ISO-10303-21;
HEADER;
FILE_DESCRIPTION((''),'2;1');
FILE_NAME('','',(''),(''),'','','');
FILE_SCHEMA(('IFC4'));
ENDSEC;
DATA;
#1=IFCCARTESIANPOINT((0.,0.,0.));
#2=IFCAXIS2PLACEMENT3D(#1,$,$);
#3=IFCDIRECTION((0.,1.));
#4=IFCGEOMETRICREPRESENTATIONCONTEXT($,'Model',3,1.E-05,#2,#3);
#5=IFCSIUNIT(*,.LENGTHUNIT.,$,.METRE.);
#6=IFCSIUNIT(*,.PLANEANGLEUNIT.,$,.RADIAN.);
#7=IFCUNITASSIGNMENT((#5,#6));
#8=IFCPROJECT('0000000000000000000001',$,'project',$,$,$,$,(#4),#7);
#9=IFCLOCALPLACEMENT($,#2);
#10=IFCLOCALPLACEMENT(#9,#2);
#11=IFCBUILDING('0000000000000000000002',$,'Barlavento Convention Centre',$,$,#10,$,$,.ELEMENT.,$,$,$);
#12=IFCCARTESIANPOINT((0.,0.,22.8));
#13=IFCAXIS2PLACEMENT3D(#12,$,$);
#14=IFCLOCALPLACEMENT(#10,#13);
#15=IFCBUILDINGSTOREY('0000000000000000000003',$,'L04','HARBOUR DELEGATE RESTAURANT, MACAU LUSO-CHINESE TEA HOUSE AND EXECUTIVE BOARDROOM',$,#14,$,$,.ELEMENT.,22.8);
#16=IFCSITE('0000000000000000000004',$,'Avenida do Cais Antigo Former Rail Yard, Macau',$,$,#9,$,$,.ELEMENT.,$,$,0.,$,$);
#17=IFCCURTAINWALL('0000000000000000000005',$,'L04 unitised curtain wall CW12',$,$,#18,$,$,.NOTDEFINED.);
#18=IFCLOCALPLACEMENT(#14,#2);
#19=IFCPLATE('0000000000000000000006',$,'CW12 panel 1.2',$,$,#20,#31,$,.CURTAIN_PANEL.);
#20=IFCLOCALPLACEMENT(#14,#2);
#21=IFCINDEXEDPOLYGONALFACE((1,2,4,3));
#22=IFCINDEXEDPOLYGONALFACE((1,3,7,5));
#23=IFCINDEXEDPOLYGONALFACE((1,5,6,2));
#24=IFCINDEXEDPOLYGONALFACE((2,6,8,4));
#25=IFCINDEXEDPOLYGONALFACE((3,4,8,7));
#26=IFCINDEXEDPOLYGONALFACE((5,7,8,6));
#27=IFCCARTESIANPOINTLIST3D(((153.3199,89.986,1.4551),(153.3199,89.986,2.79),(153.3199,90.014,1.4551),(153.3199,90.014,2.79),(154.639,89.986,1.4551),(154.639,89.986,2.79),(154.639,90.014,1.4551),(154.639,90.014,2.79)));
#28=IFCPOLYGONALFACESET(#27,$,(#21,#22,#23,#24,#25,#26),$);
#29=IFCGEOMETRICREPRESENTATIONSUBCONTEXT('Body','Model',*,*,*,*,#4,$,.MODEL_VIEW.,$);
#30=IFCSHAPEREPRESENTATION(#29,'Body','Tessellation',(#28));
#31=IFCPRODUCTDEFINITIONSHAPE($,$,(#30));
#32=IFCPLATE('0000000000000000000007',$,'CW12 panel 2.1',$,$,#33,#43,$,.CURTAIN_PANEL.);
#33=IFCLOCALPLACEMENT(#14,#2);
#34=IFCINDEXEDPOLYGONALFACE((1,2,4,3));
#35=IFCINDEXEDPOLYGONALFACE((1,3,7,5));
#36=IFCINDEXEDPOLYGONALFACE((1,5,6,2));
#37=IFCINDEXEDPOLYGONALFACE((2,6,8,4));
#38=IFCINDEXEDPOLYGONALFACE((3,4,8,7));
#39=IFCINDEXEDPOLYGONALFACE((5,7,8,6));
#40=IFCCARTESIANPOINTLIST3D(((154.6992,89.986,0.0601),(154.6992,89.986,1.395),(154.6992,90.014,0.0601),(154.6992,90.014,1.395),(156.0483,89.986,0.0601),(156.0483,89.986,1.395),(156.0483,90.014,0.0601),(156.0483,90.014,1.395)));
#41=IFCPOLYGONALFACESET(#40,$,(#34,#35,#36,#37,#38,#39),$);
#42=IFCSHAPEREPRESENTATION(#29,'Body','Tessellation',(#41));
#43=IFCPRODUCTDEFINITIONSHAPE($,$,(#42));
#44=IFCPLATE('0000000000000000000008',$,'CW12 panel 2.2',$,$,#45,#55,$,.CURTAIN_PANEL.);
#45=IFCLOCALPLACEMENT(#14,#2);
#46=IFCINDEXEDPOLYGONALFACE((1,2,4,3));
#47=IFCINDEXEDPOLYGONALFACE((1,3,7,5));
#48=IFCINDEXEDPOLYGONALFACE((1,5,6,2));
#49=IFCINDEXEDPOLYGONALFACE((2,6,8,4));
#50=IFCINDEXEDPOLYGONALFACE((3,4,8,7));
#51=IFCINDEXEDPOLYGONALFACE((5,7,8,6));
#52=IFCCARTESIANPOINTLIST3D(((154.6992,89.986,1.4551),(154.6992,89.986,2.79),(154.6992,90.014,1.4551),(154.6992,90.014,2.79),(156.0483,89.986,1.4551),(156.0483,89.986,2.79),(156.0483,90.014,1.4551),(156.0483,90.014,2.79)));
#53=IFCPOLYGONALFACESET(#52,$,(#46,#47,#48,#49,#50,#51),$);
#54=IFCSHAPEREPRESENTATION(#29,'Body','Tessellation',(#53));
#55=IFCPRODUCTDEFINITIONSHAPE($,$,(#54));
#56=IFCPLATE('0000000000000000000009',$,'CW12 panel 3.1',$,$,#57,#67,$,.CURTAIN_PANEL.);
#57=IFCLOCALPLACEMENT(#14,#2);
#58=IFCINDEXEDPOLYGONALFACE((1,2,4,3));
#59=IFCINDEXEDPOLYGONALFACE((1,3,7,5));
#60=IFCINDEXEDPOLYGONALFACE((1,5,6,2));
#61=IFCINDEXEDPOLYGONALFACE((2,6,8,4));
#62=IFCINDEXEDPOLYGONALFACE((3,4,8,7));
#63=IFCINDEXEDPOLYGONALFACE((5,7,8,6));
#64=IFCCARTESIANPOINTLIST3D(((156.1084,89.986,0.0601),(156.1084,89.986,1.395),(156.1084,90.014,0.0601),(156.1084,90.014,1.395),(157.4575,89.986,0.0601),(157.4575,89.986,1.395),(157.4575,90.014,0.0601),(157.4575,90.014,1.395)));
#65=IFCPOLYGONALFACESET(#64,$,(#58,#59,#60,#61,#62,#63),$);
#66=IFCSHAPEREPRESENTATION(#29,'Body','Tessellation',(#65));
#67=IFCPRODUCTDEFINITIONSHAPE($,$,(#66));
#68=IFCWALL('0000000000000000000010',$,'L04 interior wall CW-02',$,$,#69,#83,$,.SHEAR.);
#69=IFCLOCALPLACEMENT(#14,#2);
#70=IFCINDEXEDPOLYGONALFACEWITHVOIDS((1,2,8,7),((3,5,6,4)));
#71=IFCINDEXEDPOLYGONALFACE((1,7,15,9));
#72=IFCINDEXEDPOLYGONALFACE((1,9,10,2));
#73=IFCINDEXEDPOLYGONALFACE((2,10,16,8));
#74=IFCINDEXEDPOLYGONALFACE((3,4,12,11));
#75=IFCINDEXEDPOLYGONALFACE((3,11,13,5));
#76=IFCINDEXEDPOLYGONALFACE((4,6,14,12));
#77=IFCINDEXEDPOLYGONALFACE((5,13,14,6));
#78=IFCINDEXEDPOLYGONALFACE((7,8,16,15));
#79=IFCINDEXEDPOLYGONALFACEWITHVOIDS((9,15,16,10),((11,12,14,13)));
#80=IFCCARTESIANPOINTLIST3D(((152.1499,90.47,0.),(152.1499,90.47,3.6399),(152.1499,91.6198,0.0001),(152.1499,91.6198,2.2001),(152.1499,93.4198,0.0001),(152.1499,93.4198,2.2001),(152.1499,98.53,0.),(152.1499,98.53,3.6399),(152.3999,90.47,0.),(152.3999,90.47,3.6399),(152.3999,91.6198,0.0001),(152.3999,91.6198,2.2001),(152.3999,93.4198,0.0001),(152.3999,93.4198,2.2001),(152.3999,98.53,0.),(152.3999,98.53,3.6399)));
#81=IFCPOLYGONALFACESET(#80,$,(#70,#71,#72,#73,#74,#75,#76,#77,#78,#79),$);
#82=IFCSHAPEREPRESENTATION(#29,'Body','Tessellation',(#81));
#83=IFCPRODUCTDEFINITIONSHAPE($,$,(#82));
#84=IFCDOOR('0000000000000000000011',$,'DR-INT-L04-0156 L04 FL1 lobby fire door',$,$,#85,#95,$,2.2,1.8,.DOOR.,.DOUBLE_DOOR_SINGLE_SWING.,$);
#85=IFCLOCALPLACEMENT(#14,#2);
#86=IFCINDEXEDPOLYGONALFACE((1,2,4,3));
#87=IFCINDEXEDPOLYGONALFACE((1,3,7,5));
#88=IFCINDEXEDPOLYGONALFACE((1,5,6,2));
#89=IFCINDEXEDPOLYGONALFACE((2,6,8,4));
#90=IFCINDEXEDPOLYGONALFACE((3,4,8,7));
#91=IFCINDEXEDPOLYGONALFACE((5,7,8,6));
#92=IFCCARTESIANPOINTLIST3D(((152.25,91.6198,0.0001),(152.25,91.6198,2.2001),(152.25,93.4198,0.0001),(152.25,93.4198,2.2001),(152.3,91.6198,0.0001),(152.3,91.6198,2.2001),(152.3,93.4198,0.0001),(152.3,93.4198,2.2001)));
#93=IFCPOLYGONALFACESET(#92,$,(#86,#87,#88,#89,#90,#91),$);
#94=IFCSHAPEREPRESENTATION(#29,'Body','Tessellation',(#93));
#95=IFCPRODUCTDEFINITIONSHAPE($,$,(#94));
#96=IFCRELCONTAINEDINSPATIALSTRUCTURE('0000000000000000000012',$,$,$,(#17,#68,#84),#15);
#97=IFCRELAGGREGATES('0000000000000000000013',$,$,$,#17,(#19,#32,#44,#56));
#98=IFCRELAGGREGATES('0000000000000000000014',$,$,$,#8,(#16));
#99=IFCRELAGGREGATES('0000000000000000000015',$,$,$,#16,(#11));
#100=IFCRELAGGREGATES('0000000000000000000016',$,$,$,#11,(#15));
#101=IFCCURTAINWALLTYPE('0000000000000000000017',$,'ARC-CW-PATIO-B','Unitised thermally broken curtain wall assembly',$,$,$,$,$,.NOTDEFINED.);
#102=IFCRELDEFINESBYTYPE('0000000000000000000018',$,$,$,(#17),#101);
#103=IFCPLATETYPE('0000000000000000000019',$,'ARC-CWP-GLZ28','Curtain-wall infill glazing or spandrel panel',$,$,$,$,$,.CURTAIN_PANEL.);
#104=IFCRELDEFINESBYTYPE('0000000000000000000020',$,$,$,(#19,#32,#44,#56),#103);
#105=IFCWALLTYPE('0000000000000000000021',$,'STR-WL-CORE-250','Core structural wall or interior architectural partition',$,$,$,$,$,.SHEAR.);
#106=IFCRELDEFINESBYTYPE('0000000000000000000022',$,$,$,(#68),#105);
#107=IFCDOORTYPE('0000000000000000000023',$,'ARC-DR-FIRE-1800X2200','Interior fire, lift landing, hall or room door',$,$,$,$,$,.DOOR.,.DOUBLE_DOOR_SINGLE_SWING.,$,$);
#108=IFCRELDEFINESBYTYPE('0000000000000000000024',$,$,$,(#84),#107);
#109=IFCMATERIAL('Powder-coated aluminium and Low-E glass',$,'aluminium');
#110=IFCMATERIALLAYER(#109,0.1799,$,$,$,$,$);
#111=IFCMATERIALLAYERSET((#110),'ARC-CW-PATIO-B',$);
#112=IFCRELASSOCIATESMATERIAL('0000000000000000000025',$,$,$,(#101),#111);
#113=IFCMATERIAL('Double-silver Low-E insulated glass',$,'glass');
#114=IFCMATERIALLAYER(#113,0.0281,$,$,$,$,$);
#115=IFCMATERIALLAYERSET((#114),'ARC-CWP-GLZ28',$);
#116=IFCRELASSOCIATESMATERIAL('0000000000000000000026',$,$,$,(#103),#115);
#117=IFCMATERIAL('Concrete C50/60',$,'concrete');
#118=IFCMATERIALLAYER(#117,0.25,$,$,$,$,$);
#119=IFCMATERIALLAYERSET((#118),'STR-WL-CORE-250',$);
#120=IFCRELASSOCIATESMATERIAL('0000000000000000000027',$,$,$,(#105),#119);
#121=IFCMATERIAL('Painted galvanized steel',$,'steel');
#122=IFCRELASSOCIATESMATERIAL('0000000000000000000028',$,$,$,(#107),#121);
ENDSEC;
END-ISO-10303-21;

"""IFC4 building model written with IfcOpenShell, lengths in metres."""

from ifc_helpers import new_model, si_unit, direction, frame, frame_2d, origin, origin_2d, place, context, subcontext, project, spatial, rectangle, extrude, material, layer, layer_set, type_object, element, fill, aggregate, save


model = new_model("IFC4")

# Units and contexts
model_context = context("Model", 3, precision=1e-05, world=origin(), true_north=direction((0.0, 1.0)))
body_context = subcontext(model_context, "Body", "Model", "MODEL_VIEW")
ifc_project = project(units=[si_unit("LENGTHUNIT", "METRE"), si_unit("PLANEANGLEUNIT", "RADIAN")], contexts=[model_context])

# Site, building, storey
site_placement = place(None, origin())
site = spatial("IfcSite", under=ifc_project, at=site_placement, Name="Avenida do Cais Antigo Former Rail Yard, Macau", CompositionType="ELEMENT", RefElevation=0.0)
building_placement = place(site_placement, origin())
building = spatial("IfcBuilding", under=site, at=building_placement, Name="Barlavento Convention Centre", CompositionType="ELEMENT")
storey_placement = place(building_placement, frame((0.0, 0.0, 22.8)))
storey = spatial("IfcBuildingStorey", under=building, at=storey_placement, Name="L04", Description="HARBOUR DELEGATE RESTAURANT, MACAU LUSO-CHINESE TEA HOUSE AND EXECUTIVE BOARDROOM", CompositionType="ELEMENT", Elevation=22.8)

# Curtain wall
ifc_material_1 = material(Name="Powder-coated aluminium and Low-E glass", Category="aluminium")
ifc_layer_1 = layer(ifc_material_1, 0.1799)
ifc_layer_set_1 = layer_set([ifc_layer_1], Name="ARC-CW-PATIO-B")
curtain_wall_type = type_object("IfcCurtainWallType", Name="ARC-CW-PATIO-B", Description="Unitised thermally broken curtain wall assembly", PredefinedType="NOTDEFINED", material=ifc_layer_set_1)
curtain_wall_placement = place(storey_placement, origin())
curtain_wall = element("IfcCurtainWall", 1, at=curtain_wall_placement, inside=storey, type_object=curtain_wall_type, Name="L04 unitised curtain wall CW12", PredefinedType="NOTDEFINED")

# Plates
ifc_material_2 = material(Name="Double-silver Low-E insulated glass", Category="glass")
ifc_layer_2 = layer(ifc_material_2, 0.0281)
ifc_layer_set_2 = layer_set([ifc_layer_2], Name="ARC-CWP-GLZ28")
plate_type = type_object("IfcPlateType", Name="ARC-CWP-GLZ28", Description="Curtain-wall infill glazing or spandrel panel", PredefinedType="CURTAIN_PANEL", material=ifc_layer_set_2)
plate_1_placement = place(storey_placement, frame((153.9795, 90.0, 1.4551), z_axis=(0.0, 0.0, 1.0), x_axis=(1.0, 0.0, 0.0)))
plate_1 = element("IfcPlate", 2, at=plate_1_placement, type_object=plate_type, Name="CW12 panel 1.2", PredefinedType="CURTAIN_PANEL", context=body_context, shape_type="SweptSolid", body=[
    extrude(rectangle(XDim=1.3191, YDim=0.0281, at=origin_2d()), origin(), (0.0, 0.0, 1.0), 1.335),
])
plate_2_placement = place(storey_placement, frame((155.3738, 90.0, 0.0601), z_axis=(0.0, 0.0, 1.0), x_axis=(1.0, 0.0, 0.0)))
plate_2 = element("IfcPlate", 3, at=plate_2_placement, type_object=plate_type, Name="CW12 panel 2.1", PredefinedType="CURTAIN_PANEL", context=body_context, shape_type="SweptSolid", body=[
    extrude(rectangle(XDim=1.3491, YDim=0.0281, at=origin_2d()), origin(), (0.0, 0.0, 1.0), 1.335),
])
plate_3_placement = place(storey_placement, frame((155.3738, 90.0, 1.4551), z_axis=(0.0, 0.0, 1.0), x_axis=(1.0, 0.0, 0.0)))
plate_3 = element("IfcPlate", 4, at=plate_3_placement, type_object=plate_type, Name="CW12 panel 2.2", PredefinedType="CURTAIN_PANEL", context=body_context, shape_type="SweptSolid", body=[
    extrude(rectangle(XDim=1.3491, YDim=0.0281, at=origin_2d()), origin(), (0.0, 0.0, 1.0), 1.335),
])
plate_4_placement = place(storey_placement, frame((156.783, 90.0, 0.0601), z_axis=(0.0, 0.0, 1.0), x_axis=(1.0, 0.0, 0.0)))
plate_4 = element("IfcPlate", 5, at=plate_4_placement, type_object=plate_type, Name="CW12 panel 3.1", PredefinedType="CURTAIN_PANEL", context=body_context, shape_type="SweptSolid", body=[
    extrude(rectangle(XDim=1.3491, YDim=0.0281, at=origin_2d()), origin(), (0.0, 0.0, 1.0), 1.335),
])
aggregate(curtain_wall, [plate_1, plate_2, plate_3, plate_4])

# Wall, opening, door
ifc_material_3 = material(Name="Concrete C50/60", Category="concrete")
ifc_layer_3 = layer(ifc_material_3, 0.25)
ifc_layer_set_3 = layer_set([ifc_layer_3], Name="STR-WL-CORE-250")
wall_type = type_object("IfcWallType", Name="STR-WL-CORE-250", Description="Core structural wall or interior architectural partition", PredefinedType="SHEAR", material=ifc_layer_set_3)
wall_placement = place(storey_placement, frame((152.2749, 90.47, 0.0), z_axis=(0.0, 0.0, 1.0), x_axis=(0.0, 1.0, 0.0)))
wall = element("IfcWall", 6, at=wall_placement, inside=storey, type_object=wall_type, Name="L04 interior wall CW-02", PredefinedType="SHEAR", context=body_context, shape_type="SweptSolid", body=[
    extrude(rectangle(XDim=8.0601, YDim=0.25, at=frame_2d((4.03, 0.0))), origin(), (0.0, 0.0, 1.0), 3.6399),
])
opening_placement = place(wall_placement, frame((1.1499, 0.0, 0.0)))
opening = element("IfcOpeningElement", 7, at=opening_placement, cuts=wall, PredefinedType="OPENING", context=body_context, shape_type="SweptSolid", body=[
    extrude(rectangle(XDim=1.8, YDim=2.2, at=frame_2d((0.8999, 1.1001))), frame((0.0, 0.135, 0.0), z_axis=(0.0, -1.0, 0.0), x_axis=(1.0, 0.0, 0.0)), (0.0, 0.0, 1.0), 0.27),
])
ifc_material_4 = material(Name="Painted galvanized steel", Category="steel")
door_type = type_object("IfcDoorType", Name="ARC-DR-FIRE-1800X2200", Description="Interior fire, lift landing, hall or room door", OperationType="DOUBLE_DOOR_SINGLE_SWING", PredefinedType="DOOR", material=ifc_material_4)
door_placement = place(opening_placement, origin())
door = element("IfcDoor", 8, at=door_placement, inside=storey, type_object=door_type, Name="DR-INT-L04-0156 L04 FL1 lobby fire door", OperationType="DOUBLE_DOOR_SINGLE_SWING", OverallHeight=2.2, OverallWidth=1.8, PredefinedType="DOOR", context=body_context, shape_type="SweptSolid", body=[
    extrude(rectangle(XDim=1.8, YDim=2.2, at=frame_2d((0.8999, 1.1001))), frame((0.0, 0.0249, 0.0), z_axis=(0.0, -1.0, 0.0), x_axis=(1.0, 0.0, 0.0)), (0.0, 0.0, 1.0), 0.05),
])
fill(opening, door)

save(model, "model.ifc")
